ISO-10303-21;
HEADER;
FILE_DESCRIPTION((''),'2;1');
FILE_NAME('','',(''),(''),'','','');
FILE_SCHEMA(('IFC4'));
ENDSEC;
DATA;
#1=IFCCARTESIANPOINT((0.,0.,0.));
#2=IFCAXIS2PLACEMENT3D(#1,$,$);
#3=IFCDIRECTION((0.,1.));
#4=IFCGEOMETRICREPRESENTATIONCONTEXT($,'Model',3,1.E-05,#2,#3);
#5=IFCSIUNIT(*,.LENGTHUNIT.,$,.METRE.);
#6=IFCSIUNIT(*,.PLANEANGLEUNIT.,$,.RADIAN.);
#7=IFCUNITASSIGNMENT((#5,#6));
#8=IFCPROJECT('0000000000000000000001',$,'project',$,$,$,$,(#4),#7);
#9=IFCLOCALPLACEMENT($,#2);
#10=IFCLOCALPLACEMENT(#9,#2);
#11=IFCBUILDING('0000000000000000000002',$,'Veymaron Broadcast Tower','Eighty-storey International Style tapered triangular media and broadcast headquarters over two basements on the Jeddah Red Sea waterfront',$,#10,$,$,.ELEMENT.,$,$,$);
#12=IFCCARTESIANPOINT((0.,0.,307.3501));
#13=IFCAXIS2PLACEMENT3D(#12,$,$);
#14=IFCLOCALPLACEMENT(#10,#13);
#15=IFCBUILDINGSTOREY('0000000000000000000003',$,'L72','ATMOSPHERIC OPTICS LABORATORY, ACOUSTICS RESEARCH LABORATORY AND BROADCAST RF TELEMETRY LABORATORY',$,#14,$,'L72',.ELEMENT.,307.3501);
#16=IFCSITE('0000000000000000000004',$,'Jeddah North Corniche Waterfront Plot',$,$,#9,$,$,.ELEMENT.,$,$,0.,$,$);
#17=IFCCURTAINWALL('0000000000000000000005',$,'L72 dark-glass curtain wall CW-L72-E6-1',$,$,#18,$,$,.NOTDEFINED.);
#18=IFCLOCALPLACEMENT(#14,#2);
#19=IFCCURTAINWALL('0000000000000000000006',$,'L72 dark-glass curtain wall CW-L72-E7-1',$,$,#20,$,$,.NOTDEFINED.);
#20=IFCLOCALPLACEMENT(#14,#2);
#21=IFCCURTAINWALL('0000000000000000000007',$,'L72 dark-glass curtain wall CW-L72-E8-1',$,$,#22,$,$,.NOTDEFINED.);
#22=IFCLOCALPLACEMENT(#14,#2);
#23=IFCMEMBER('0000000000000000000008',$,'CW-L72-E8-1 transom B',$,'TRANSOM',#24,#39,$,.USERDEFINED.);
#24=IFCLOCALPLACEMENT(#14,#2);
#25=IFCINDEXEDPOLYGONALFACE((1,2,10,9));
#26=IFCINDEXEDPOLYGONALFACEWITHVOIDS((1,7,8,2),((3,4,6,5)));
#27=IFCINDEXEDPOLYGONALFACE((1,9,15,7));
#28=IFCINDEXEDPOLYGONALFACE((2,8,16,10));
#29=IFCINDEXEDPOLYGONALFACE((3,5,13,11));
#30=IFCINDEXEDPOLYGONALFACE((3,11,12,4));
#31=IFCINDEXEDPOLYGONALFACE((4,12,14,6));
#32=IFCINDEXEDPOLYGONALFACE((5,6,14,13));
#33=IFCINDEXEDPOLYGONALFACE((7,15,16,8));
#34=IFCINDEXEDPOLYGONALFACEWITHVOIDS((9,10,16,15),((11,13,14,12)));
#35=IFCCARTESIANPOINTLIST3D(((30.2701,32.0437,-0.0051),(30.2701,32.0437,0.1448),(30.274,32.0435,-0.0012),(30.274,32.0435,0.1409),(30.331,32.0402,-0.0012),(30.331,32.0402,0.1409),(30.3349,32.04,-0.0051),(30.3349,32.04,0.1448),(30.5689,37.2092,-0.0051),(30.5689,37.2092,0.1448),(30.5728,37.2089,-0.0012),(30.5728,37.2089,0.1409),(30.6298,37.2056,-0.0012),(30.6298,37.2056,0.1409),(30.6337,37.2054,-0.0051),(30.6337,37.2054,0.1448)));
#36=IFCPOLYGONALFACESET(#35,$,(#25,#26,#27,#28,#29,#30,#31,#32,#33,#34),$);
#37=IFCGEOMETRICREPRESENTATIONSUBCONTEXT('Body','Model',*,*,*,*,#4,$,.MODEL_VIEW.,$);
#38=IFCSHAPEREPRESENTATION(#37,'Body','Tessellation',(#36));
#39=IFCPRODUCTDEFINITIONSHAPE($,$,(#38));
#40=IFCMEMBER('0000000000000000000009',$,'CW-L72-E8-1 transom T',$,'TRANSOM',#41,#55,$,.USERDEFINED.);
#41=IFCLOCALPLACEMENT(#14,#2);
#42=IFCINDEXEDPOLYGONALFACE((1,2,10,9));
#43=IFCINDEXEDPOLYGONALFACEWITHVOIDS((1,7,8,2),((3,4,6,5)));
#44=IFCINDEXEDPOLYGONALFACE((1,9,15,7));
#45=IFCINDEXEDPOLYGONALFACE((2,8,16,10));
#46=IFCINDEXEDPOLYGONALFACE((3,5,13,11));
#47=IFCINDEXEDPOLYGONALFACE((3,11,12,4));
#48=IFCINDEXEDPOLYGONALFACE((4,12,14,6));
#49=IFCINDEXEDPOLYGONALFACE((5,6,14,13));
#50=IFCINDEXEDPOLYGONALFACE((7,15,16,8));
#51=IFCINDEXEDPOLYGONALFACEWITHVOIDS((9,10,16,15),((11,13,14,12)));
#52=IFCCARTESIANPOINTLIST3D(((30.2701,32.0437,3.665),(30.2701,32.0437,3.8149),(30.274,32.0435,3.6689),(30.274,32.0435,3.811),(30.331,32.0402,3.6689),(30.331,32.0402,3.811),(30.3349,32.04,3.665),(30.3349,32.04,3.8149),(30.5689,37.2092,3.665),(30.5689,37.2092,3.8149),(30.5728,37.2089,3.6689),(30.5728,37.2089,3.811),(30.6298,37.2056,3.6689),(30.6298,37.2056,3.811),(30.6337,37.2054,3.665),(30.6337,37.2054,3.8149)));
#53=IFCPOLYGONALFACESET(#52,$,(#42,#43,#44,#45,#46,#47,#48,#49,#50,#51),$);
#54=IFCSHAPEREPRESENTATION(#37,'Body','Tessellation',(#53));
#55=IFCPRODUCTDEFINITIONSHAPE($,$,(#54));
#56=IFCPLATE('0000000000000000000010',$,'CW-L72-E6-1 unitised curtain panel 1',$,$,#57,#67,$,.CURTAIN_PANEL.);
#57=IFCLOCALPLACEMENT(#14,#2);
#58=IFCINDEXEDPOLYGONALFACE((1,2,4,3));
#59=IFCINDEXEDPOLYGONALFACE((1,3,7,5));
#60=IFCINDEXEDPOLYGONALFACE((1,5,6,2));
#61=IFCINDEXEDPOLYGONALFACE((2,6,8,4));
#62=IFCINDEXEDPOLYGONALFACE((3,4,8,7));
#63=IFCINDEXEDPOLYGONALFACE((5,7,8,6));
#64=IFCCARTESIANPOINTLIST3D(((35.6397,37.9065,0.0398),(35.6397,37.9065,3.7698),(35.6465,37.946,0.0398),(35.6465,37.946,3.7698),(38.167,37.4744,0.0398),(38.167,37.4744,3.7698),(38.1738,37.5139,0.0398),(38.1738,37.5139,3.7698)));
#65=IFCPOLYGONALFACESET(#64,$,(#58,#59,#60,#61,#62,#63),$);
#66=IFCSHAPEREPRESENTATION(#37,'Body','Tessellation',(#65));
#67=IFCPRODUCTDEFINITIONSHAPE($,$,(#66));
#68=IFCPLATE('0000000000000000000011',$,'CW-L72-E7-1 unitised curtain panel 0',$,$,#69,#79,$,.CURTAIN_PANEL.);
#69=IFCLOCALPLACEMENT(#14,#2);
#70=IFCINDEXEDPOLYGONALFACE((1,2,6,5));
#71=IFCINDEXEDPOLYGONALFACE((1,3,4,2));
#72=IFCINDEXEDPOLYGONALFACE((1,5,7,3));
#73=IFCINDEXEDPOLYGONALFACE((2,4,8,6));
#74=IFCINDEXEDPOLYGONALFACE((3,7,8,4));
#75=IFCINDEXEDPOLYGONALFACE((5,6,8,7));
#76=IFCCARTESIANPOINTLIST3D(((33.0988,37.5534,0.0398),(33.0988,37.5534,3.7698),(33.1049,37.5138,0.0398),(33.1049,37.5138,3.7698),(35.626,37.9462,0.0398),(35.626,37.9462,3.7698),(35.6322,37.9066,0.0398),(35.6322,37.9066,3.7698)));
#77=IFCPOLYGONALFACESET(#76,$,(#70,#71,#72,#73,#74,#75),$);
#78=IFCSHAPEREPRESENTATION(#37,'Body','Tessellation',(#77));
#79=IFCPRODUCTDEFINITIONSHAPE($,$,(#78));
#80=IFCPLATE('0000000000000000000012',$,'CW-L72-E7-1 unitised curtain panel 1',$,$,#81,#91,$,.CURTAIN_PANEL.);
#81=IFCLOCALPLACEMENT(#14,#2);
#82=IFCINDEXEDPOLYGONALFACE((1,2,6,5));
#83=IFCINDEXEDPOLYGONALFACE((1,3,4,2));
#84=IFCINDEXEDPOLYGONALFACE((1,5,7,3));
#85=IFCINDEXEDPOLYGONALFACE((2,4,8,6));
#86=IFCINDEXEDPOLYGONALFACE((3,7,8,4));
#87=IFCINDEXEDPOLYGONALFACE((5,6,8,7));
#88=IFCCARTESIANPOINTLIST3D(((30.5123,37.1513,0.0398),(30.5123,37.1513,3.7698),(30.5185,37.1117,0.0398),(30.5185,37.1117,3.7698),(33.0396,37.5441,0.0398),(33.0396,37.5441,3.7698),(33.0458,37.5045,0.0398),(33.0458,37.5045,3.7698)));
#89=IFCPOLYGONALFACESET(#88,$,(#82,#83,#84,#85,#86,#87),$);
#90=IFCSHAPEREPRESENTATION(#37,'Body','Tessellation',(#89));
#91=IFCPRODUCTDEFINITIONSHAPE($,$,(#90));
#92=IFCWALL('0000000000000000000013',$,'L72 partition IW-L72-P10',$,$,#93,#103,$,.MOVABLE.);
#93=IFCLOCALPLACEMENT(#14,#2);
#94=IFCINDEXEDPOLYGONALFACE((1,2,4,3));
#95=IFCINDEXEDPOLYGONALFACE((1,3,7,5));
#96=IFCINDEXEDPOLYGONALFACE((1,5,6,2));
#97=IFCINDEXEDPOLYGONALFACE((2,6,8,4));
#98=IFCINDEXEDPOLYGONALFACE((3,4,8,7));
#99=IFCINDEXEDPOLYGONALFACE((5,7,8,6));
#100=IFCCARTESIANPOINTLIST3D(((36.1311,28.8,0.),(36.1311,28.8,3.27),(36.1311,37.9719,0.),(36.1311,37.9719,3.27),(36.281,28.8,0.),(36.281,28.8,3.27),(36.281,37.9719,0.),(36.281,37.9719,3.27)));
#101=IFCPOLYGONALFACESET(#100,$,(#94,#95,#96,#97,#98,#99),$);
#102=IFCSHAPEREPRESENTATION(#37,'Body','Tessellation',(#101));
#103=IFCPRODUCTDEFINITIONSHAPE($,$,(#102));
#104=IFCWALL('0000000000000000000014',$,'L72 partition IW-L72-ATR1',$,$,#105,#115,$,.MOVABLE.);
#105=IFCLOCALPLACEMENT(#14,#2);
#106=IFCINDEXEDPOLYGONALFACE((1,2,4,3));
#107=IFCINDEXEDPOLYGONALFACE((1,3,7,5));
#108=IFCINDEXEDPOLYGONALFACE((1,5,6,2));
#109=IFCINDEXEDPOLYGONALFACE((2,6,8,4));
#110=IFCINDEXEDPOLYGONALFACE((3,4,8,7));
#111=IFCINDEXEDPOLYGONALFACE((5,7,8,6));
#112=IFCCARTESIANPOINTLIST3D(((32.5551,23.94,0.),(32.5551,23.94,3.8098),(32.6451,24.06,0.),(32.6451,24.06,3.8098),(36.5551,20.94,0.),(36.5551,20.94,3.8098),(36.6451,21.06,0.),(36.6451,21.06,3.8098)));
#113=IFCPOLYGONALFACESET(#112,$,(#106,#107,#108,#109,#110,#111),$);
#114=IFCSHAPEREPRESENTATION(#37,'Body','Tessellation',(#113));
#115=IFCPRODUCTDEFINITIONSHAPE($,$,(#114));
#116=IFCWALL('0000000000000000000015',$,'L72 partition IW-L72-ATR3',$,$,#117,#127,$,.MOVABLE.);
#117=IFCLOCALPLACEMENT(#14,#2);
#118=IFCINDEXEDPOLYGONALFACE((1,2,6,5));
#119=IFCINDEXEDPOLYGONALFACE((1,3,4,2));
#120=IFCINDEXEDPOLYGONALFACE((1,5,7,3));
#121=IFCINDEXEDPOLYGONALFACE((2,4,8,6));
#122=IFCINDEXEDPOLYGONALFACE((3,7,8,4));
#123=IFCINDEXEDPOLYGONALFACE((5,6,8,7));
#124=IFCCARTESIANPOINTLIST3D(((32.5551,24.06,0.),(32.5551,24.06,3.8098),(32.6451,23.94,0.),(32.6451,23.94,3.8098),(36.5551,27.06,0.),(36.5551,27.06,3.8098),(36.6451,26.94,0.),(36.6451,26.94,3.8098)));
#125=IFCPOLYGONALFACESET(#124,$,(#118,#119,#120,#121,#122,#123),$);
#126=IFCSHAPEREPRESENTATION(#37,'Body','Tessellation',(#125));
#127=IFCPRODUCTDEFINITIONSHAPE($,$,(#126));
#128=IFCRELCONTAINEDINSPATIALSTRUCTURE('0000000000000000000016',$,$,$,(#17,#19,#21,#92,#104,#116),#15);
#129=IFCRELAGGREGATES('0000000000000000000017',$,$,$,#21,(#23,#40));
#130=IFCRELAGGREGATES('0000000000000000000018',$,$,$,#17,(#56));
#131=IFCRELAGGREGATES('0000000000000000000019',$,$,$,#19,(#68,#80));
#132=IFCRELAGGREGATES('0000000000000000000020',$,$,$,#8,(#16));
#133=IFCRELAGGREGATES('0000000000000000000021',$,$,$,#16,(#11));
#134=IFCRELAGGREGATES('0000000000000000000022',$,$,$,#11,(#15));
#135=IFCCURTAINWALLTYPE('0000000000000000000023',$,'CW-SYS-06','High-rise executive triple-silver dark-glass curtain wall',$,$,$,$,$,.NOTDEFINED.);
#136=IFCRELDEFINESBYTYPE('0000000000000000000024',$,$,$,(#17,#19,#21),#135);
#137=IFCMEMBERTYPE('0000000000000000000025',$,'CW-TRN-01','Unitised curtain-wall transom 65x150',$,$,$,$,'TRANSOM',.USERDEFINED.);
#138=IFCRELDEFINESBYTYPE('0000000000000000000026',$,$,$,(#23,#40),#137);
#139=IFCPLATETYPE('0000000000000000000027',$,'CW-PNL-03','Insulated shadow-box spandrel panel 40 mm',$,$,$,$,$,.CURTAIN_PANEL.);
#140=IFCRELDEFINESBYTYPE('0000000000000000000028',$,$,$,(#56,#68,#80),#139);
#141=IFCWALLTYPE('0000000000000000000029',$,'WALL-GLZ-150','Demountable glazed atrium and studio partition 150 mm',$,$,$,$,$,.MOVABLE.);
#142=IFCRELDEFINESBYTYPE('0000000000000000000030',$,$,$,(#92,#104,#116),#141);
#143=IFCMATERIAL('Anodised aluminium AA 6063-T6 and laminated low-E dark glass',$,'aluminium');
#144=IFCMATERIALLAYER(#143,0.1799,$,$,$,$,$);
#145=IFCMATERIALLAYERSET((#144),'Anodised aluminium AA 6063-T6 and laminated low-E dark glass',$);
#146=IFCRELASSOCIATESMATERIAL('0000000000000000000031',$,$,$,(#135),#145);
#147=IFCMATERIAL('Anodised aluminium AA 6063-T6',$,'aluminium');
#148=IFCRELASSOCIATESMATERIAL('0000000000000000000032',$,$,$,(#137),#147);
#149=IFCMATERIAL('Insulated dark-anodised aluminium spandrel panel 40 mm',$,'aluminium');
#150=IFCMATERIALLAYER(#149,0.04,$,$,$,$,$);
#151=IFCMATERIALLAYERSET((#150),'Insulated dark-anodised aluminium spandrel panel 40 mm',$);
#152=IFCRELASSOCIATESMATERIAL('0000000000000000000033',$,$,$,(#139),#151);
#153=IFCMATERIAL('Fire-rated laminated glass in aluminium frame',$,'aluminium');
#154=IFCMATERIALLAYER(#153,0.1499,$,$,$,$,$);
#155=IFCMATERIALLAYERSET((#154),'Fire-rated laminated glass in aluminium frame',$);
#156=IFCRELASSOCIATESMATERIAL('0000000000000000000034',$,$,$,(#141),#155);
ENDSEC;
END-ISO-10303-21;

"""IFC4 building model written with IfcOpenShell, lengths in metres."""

from ifc_helpers import new_model, si_unit, direction, frame, frame_2d, origin, origin_2d, place, context, subcontext, project, spatial, rectangle, hollow_rectangle, extrude, material, layer, layer_set, material_profile, profile_set, type_object, element, aggregate, save


model = new_model("IFC4")

# Units and contexts
model_context = context("Model", 3, precision=1e-05, world=origin(), true_north=direction((0.0, 1.0)))
body_context = subcontext(model_context, "Body", "Model", "MODEL_VIEW")
ifc_project = project(units=[si_unit("LENGTHUNIT", "METRE"), si_unit("PLANEANGLEUNIT", "RADIAN")], contexts=[model_context])

# Site, building, storey
site_placement = place(None, origin())
site = spatial("IfcSite", under=ifc_project, at=site_placement, Name="Jeddah North Corniche Waterfront Plot", CompositionType="ELEMENT", RefElevation=0.0)
building_placement = place(site_placement, origin())
building = spatial("IfcBuilding", under=site, at=building_placement, Name="Veymaron Broadcast Tower", Description="Eighty-storey International Style tapered triangular media and broadcast headquarters over two basements on the Jeddah Red Sea waterfront", CompositionType="ELEMENT")
storey_placement = place(building_placement, frame((0.0, 0.0, 307.3501)))
storey = spatial("IfcBuildingStorey", under=building, at=storey_placement, Name="L72", Description="ATMOSPHERIC OPTICS LABORATORY, ACOUSTICS RESEARCH LABORATORY AND BROADCAST RF TELEMETRY LABORATORY", LongName="L72", CompositionType="ELEMENT", Elevation=307.3501)

# Curtain wall
ifc_material_1 = material(Name="Anodised aluminium AA 6063-T6 and laminated low-E dark glass", Category="aluminium")
ifc_layer_1 = layer(ifc_material_1, 0.1799)
ifc_layer_set_1 = layer_set([ifc_layer_1], Name="Anodised aluminium AA 6063-T6 and laminated low-E dark glass")
curtain_wall_type = type_object("IfcCurtainWallType", Name="CW-SYS-06", Description="High-rise executive triple-silver dark-glass curtain wall", PredefinedType="NOTDEFINED", material=ifc_layer_set_1)
curtain_wall_1_placement = place(storey_placement, origin())
curtain_wall_1 = element("IfcCurtainWall", 1, at=curtain_wall_1_placement, inside=storey, type_object=curtain_wall_type, Name="L72 dark-glass curtain wall CW-L72-E6-1", PredefinedType="NOTDEFINED")
ifc_material_2 = material(Name="Anodised aluminium AA 6063-T6", Category="aluminium")

# Curtain wall
curtain_wall_2_placement = place(storey_placement, origin())
curtain_wall_2 = element("IfcCurtainWall", 2, at=curtain_wall_2_placement, inside=storey, type_object=curtain_wall_type, Name="L72 dark-glass curtain wall CW-L72-E7-1", PredefinedType="NOTDEFINED")

# Curtain wall
curtain_wall_3_placement = place(storey_placement, origin())
curtain_wall_3 = element("IfcCurtainWall", 3, at=curtain_wall_3_placement, inside=storey, type_object=curtain_wall_type, Name="L72 dark-glass curtain wall CW-L72-E8-1", PredefinedType="NOTDEFINED")

# Members
ifc_material_profile_1 = material_profile(ifc_material_2, hollow_rectangle(XDim=0.0649, YDim=0.1499, WallThickness=0.0039, at=origin_2d()), Name="AL150X65X4")
ifc_profile_set_1 = profile_set([ifc_material_profile_1], Name="Anodised aluminium AA 6063-T6")
member_type_1 = type_object("IfcMemberType", Name="CW-TRN-01", Description="Unitised curtain-wall transom 65x150", ElementType="TRANSOM", PredefinedType="USERDEFINED", material=ifc_profile_set_1)
member_1_placement = place(storey_placement, frame((30.6013, 37.2073, 0.0698), z_axis=(-0.057754, -0.998331, 0.0), x_axis=(0.998331, -0.057754, 0.0)))
member_1 = element("IfcMember", 4, at=member_1_placement, type_object=member_type_1, Name="CW-L72-E8-1 transom B", ObjectType="TRANSOM", PredefinedType="USERDEFINED", context=body_context, shape_type="SweptSolid", body=[
    extrude(hollow_rectangle(XDim=0.0649, YDim=0.1499, WallThickness=0.0039, at=origin_2d()), origin(), (0.0, 0.0, 1.0), 5.1741),
])
member_2_placement = place(storey_placement, frame((30.6013, 37.2073, 3.74), z_axis=(-0.057754, -0.998331, 0.0), x_axis=(0.998331, -0.057754, 0.0)))
member_2 = element("IfcMember", 5, at=member_2_placement, type_object=member_type_1, Name="CW-L72-E8-1 transom T", ObjectType="TRANSOM", PredefinedType="USERDEFINED", context=body_context, shape_type="SweptSolid", body=[
    extrude(hollow_rectangle(XDim=0.0649, YDim=0.1499, WallThickness=0.0039, at=origin_2d()), origin(), (0.0, 0.0, 1.0), 5.1741),
])
aggregate(curtain_wall_3, [member_1, member_2])

# Plates
ifc_material_3 = material(Name="Insulated dark-anodised aluminium spandrel panel 40 mm", Category="aluminium")
ifc_layer_2 = layer(ifc_material_3, 0.04)
ifc_layer_set_2 = layer_set([ifc_layer_2], Name="Insulated dark-anodised aluminium spandrel panel 40 mm")
plate_type = type_object("IfcPlateType", Name="CW-PNL-03", Description="Insulated shadow-box spandrel panel 40 mm", PredefinedType="CURTAIN_PANEL", material=ifc_layer_set_2)
plate_1_placement = place(storey_placement, frame((36.9067, 37.7102, 0.0398), z_axis=(0.0, 0.0, 1.0), x_axis=(-0.985698, 0.168524, 0.0)))
plate_1 = element("IfcPlate", 6, at=plate_1_placement, type_object=plate_type, Name="CW-L72-E6-1 unitised curtain panel 1", PredefinedType="CURTAIN_PANEL", context=body_context, shape_type="SweptSolid", body=[
    extrude(rectangle(XDim=2.564, YDim=0.04, at=origin_2d()), origin(), (0.0, 0.0, 1.0), 3.73),
])
aggregate(curtain_wall_1, [plate_1])
plate_2_placement = place(storey_placement, frame((34.3655, 37.73, 0.0398), z_axis=(0.0, 0.0, 1.0), x_axis=(-0.988135, -0.153589, 0.0)))
plate_2 = element("IfcPlate", 7, at=plate_2_placement, type_object=plate_type, Name="CW-L72-E7-1 unitised curtain panel 0", PredefinedType="CURTAIN_PANEL", context=body_context, shape_type="SweptSolid", body=[
    extrude(rectangle(XDim=2.5576, YDim=0.04, at=origin_2d()), origin(), (0.0, 0.0, 1.0), 3.73),
])
plate_3_placement = place(storey_placement, frame((31.7791, 37.3279, 0.0398), z_axis=(0.0, 0.0, 1.0), x_axis=(-0.988135, -0.153589, 0.0)))
plate_3 = element("IfcPlate", 8, at=plate_3_placement, type_object=plate_type, Name="CW-L72-E7-1 unitised curtain panel 1", PredefinedType="CURTAIN_PANEL", context=body_context, shape_type="SweptSolid", body=[
    extrude(rectangle(XDim=2.5576, YDim=0.04, at=origin_2d()), origin(), (0.0, 0.0, 1.0), 3.73),
])
aggregate(curtain_wall_2, [plate_2, plate_3])

# Walls
ifc_material_4 = material(Name="Fire-rated laminated glass in aluminium frame", Category="aluminium")
ifc_layer_3 = layer(ifc_material_4, 0.1499)
ifc_layer_set_3 = layer_set([ifc_layer_3], Name="Fire-rated laminated glass in aluminium frame")
wall_type_1 = type_object("IfcWallType", Name="WALL-GLZ-150", Description="Demountable glazed atrium and studio partition 150 mm", PredefinedType="MOVABLE", material=ifc_layer_set_3)
wall_1_placement = place(storey_placement, frame((36.2061, 28.8, 0.0), z_axis=(0.0, 0.0, 1.0), x_axis=(0.0, 1.0, 0.0)))
element("IfcWall", 9, at=wall_1_placement, inside=storey, type_object=wall_type_1, Name="L72 partition IW-L72-P10", PredefinedType="MOVABLE", context=body_context, shape_type="SweptSolid", body=[
    extrude(rectangle(XDim=9.1719, YDim=0.1499, at=frame_2d((4.5859, 0.0))), origin(), (0.0, 0.0, 1.0), 3.27),
])
for number, where, z_axis, x_axis, name in (
    (10, (32.6001, 24.0, 0.0), (0.0, 0.0, 1.0), (0.8, -0.6, 0.0), "L72 partition IW-L72-ATR1"),
    (11, (36.6001, 27.0, 0.0), (0.0, 0.0, 1.0), (-0.8, -0.6, 0.0), "L72 partition IW-L72-ATR3"),
):
    element("IfcWall", number, at=place(storey_placement, frame(where, z_axis=z_axis, x_axis=x_axis)), inside=storey, type_object=wall_type_1, Name=name, PredefinedType="MOVABLE", context=body_context, shape_type="SweptSolid", body=[
        extrude(rectangle(XDim=5.0, YDim=0.1499, at=frame_2d((2.5, 0.0))), origin(), (0.0, 0.0, 1.0), 3.8098),
    ])

save(model, "model.ifc")
